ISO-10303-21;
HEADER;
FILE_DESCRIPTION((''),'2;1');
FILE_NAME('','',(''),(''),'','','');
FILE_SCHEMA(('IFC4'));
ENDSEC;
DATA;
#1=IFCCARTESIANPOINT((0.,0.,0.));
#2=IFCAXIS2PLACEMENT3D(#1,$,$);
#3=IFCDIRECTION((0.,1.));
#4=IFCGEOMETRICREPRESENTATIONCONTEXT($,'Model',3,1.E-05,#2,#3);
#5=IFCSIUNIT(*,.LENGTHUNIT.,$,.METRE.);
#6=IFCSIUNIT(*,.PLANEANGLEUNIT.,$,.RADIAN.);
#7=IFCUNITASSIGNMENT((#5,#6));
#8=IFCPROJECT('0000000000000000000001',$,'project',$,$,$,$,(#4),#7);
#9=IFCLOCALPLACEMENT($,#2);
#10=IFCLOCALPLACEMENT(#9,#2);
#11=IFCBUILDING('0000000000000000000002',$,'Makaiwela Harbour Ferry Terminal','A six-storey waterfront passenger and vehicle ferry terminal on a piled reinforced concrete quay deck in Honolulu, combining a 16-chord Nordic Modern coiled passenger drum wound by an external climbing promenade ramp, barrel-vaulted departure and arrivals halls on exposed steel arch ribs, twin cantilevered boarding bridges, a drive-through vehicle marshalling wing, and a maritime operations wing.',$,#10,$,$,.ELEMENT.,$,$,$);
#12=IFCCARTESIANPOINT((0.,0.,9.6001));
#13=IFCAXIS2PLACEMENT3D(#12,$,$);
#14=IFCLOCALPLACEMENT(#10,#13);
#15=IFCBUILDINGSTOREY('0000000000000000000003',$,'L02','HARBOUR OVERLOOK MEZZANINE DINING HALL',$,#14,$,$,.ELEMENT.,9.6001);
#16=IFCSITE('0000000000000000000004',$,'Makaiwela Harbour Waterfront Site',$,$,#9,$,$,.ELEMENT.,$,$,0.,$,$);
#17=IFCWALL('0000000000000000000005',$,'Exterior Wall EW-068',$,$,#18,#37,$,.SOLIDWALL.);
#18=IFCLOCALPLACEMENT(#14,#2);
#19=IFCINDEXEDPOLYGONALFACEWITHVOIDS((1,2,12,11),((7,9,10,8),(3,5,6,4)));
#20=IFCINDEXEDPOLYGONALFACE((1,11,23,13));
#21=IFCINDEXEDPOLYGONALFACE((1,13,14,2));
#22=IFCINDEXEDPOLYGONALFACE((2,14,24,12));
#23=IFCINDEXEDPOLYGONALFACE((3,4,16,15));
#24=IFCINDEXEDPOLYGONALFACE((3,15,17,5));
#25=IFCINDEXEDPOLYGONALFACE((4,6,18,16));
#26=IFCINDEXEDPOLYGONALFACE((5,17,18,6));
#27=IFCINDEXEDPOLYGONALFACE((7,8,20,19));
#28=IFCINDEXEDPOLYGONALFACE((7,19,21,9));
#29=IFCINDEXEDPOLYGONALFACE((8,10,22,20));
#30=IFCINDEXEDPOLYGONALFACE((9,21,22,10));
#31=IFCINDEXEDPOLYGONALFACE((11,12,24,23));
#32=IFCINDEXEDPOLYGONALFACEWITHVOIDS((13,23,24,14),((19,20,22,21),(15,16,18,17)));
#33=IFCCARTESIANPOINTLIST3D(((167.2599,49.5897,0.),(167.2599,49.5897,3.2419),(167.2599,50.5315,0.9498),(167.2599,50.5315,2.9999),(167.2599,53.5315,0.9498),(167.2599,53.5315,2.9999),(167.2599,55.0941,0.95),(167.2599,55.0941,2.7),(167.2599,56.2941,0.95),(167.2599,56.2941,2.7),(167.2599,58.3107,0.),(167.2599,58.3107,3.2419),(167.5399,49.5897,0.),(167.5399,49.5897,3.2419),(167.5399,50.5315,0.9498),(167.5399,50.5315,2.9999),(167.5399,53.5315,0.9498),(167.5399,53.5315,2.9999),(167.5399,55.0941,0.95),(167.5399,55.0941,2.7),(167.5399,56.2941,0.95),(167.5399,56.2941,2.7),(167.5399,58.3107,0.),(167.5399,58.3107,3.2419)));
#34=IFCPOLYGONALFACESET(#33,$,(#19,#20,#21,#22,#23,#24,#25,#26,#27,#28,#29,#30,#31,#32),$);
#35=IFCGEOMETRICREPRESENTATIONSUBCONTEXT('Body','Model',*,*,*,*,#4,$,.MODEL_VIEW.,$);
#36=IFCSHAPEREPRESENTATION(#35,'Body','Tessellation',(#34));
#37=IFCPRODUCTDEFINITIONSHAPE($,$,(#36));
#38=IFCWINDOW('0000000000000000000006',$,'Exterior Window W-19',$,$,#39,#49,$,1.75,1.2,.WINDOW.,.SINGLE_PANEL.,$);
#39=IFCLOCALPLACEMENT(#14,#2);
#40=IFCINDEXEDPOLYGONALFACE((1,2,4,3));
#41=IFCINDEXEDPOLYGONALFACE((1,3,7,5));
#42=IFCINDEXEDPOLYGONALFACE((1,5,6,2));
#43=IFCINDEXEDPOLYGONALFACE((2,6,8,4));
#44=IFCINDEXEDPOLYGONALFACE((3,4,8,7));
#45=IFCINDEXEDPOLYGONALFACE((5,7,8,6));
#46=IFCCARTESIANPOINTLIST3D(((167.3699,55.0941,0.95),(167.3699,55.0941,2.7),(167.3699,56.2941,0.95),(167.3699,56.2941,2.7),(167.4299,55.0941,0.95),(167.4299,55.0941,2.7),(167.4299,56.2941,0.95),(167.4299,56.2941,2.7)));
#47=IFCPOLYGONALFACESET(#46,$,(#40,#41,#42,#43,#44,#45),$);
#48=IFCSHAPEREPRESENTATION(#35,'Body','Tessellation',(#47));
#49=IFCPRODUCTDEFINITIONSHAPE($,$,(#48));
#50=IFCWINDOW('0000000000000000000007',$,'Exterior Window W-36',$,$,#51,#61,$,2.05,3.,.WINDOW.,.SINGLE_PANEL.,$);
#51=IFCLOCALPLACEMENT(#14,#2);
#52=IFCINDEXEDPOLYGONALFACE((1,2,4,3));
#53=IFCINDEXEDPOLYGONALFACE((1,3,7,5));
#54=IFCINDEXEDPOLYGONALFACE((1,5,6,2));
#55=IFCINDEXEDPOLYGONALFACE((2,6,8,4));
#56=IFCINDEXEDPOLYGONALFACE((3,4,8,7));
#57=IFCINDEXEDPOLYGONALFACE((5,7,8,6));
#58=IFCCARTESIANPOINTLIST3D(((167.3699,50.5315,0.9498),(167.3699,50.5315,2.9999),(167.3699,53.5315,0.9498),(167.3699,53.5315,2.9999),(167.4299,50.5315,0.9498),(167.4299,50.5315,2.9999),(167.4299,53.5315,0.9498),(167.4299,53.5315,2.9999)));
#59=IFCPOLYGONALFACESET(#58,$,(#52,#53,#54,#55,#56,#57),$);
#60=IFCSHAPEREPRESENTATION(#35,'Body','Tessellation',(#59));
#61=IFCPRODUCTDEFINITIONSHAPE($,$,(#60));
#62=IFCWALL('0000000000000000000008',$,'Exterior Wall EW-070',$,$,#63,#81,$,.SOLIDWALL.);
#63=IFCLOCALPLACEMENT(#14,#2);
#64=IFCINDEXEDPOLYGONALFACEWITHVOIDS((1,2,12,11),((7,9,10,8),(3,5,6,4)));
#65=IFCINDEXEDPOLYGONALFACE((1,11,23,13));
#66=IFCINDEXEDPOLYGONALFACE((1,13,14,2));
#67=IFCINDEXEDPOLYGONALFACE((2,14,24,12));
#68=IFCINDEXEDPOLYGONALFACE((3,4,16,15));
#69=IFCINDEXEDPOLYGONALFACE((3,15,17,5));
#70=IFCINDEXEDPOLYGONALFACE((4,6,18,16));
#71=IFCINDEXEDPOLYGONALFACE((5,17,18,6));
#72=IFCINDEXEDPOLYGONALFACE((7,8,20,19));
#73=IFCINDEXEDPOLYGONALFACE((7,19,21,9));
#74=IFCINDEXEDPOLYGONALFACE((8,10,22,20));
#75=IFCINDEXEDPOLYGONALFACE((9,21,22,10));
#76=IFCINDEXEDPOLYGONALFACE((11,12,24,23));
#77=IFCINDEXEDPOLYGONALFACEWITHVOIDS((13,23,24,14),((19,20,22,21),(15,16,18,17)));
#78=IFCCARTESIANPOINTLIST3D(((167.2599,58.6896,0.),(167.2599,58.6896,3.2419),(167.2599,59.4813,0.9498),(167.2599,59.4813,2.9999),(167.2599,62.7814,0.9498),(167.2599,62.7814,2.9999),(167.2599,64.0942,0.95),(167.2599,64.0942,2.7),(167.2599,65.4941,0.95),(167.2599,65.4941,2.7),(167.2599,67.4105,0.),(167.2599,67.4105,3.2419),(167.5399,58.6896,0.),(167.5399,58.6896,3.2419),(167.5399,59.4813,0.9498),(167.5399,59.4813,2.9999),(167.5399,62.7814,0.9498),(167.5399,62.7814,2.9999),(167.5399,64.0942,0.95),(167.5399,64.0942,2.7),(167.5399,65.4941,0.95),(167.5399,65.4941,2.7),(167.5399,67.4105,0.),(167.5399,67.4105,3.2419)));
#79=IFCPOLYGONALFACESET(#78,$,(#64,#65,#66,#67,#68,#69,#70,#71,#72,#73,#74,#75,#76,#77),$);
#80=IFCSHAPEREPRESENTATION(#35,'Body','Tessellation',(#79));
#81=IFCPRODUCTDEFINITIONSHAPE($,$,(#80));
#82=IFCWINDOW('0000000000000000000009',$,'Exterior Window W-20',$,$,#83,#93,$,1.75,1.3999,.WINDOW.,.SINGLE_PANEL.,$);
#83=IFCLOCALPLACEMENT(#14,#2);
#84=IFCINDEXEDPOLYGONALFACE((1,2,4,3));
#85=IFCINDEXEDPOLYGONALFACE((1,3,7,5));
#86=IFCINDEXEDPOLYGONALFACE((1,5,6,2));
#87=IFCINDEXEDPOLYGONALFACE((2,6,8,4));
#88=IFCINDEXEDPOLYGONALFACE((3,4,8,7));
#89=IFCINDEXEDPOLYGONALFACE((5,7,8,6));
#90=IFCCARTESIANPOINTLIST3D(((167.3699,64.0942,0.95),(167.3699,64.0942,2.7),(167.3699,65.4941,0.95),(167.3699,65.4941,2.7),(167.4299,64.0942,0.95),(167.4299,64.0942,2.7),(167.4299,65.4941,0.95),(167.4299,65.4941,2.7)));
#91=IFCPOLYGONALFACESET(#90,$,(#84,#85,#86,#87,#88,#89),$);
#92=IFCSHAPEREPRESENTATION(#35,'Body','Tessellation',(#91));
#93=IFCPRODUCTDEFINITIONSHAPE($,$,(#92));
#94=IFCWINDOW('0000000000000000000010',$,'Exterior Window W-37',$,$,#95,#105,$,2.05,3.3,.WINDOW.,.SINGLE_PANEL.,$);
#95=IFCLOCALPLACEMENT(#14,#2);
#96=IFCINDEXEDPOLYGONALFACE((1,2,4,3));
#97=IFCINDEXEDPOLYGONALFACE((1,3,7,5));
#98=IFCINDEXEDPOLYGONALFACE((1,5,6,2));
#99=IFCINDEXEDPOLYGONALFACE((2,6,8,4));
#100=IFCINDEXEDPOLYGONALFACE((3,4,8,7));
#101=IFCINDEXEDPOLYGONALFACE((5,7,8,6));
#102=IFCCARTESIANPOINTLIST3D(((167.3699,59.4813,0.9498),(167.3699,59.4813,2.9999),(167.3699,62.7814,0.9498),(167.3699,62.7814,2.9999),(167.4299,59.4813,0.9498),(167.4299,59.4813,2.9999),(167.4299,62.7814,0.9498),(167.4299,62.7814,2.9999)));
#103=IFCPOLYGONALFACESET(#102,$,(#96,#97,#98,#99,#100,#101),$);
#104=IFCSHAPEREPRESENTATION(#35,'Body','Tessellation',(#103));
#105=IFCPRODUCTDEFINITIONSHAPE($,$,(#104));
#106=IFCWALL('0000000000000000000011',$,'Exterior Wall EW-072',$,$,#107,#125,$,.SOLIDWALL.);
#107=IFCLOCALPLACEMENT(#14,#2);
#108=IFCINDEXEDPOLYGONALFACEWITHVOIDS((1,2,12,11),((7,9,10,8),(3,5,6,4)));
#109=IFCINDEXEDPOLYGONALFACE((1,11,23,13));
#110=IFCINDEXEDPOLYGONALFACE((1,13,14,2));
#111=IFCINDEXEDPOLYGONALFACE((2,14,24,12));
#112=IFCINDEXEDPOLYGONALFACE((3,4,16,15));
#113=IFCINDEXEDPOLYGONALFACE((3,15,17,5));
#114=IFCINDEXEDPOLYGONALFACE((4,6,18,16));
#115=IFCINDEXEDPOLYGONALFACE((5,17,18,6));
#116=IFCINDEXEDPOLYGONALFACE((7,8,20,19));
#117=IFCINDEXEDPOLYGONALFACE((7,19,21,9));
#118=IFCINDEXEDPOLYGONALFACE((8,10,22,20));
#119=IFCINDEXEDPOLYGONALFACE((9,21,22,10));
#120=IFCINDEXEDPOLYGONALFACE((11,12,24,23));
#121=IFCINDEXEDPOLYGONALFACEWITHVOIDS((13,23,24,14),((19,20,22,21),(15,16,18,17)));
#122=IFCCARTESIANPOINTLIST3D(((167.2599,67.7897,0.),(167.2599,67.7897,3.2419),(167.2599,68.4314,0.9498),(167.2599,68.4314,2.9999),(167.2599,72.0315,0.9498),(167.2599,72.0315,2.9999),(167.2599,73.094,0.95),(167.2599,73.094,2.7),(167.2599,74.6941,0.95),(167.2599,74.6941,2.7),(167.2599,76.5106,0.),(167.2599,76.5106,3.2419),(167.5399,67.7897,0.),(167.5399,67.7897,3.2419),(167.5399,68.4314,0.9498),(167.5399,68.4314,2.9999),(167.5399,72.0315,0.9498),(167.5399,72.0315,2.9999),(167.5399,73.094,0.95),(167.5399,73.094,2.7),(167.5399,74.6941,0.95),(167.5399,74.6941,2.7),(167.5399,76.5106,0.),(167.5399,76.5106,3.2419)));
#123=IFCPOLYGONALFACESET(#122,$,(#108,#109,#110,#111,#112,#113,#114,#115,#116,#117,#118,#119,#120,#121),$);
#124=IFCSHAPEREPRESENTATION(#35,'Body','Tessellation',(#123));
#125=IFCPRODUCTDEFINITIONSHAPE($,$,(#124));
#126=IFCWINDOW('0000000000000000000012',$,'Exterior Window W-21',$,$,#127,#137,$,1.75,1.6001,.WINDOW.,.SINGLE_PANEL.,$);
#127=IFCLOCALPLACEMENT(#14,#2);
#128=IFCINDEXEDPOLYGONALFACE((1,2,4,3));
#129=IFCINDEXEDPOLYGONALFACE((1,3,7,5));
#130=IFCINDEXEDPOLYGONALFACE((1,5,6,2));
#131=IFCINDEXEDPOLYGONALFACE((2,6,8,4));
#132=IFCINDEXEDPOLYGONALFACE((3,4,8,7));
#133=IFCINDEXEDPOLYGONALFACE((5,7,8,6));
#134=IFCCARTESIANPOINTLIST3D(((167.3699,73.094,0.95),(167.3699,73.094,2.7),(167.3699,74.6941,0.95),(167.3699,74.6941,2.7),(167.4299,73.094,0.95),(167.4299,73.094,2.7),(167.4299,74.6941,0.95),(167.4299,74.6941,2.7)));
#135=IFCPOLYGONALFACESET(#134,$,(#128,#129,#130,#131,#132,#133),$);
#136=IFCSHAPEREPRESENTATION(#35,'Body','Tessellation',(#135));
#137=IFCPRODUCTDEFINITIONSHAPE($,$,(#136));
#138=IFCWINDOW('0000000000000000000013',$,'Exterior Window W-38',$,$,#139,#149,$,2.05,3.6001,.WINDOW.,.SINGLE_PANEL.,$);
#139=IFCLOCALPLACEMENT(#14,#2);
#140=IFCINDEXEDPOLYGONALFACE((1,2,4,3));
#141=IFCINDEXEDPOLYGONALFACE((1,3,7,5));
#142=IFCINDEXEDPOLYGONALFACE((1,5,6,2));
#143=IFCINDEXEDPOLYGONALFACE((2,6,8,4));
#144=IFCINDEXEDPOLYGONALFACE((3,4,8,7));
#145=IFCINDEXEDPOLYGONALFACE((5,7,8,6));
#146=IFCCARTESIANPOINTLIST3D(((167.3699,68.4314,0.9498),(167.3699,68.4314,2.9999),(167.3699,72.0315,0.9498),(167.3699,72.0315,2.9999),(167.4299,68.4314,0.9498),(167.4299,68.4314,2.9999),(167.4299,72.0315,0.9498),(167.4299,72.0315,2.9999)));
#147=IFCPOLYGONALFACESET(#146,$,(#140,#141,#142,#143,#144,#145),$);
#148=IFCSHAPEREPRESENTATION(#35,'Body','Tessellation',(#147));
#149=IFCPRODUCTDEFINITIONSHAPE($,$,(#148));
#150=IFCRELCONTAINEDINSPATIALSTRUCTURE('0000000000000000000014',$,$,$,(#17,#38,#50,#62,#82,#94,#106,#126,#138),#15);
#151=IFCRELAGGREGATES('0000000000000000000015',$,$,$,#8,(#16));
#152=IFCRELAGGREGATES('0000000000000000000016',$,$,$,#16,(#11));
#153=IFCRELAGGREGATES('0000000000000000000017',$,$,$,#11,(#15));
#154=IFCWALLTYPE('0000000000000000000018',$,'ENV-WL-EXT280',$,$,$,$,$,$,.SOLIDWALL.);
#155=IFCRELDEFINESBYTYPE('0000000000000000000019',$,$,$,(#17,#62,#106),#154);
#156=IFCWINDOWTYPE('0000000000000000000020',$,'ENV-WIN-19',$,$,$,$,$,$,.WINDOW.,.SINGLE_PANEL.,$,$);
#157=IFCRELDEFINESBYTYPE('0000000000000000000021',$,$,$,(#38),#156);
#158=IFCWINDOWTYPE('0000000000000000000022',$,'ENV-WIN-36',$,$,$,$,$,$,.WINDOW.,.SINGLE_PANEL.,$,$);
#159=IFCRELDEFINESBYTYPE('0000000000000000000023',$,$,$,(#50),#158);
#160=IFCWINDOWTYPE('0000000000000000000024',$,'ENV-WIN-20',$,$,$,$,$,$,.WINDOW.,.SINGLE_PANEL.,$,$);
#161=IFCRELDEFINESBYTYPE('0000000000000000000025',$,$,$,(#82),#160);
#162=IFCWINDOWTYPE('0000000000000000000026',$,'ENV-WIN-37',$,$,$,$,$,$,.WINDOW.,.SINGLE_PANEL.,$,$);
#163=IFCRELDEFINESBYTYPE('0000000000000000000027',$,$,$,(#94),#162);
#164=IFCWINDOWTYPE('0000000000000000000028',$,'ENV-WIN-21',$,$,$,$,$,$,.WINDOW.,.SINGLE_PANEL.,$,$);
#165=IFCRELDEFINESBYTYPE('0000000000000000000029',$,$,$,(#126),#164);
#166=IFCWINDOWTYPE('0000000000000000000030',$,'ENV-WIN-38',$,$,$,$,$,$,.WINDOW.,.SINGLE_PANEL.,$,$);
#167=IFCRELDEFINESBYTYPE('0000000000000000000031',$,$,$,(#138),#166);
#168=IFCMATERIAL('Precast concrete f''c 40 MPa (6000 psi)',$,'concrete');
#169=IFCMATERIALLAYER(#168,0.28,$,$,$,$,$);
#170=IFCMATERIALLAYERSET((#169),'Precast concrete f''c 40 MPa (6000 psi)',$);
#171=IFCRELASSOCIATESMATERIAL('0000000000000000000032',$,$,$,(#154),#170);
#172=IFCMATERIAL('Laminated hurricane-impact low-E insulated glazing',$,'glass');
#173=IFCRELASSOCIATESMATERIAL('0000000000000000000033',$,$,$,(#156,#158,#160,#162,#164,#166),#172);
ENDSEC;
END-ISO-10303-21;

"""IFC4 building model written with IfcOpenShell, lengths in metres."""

from ifc_helpers import new_model, si_unit, direction, frame, frame_2d, origin, place, context, subcontext, project, spatial, rectangle, extrude, material, layer, layer_set, type_object, element, fill, save


model = new_model("IFC4")

# Units and contexts
model_context = context("Model", 3, precision=1e-05, world=origin(), true_north=direction((0.0, 1.0)))
body_context = subcontext(model_context, "Body", "Model", "MODEL_VIEW")
ifc_project = project(units=[si_unit("LENGTHUNIT", "METRE"), si_unit("PLANEANGLEUNIT", "RADIAN")], contexts=[model_context])

# Site, building, storey
site_placement = place(None, origin())
site = spatial("IfcSite", under=ifc_project, at=site_placement, Name="Makaiwela Harbour Waterfront Site", CompositionType="ELEMENT", RefElevation=0.0)
building_placement = place(site_placement, origin())
building = spatial("IfcBuilding", under=site, at=building_placement, Name="Makaiwela Harbour Ferry Terminal", Description="A six-storey waterfront passenger and vehicle ferry terminal on a piled reinforced concrete quay deck in Honolulu, combining a 16-chord Nordic Modern coiled passenger drum wound by an external climbing promenade ramp, barrel-vaulted departure and arrivals halls on exposed steel arch ribs, twin cantilevered boarding bridges, a drive-through vehicle marshalling wing, and a maritime operations wing.", CompositionType="ELEMENT")
storey_placement = place(building_placement, frame((0.0, 0.0, 9.6001)))
storey = spatial("IfcBuildingStorey", under=building, at=storey_placement, Name="L02", Description="HARBOUR OVERLOOK MEZZANINE DINING HALL", CompositionType="ELEMENT", Elevation=9.6001)

# Walls, openings, windows
ifc_material_1 = material(Name="Precast concrete f'c 40 MPa (6000 psi)", Category="concrete")
ifc_layer = layer(ifc_material_1, 0.28)
ifc_layer_set = layer_set([ifc_layer], Name="Precast concrete f'c 40 MPa (6000 psi)")
wall_type = type_object("IfcWallType", Name="ENV-WL-EXT280", PredefinedType="SOLIDWALL", material=ifc_layer_set)
wall_1_placement = place(storey_placement, frame((167.3999, 58.3105, 0.0), z_axis=(0.0, 0.0, 1.0), x_axis=(0.0, -1.0, 0.0)))
wall_1 = element("IfcWall", 1, at=wall_1_placement, inside=storey, type_object=wall_type, Name="Exterior Wall EW-068", PredefinedType="SOLIDWALL", context=body_context, shape_type="SweptSolid", body=[
    extrude(rectangle(XDim=8.7209, YDim=0.28, at=frame_2d((4.3604, 0.0))), origin(), (0.0, 0.0, 1.0), 3.2419),
])
opening_1_placement = place(wall_1_placement, frame((2.0164, 0.0, 0.95)))
opening_1 = element("IfcOpeningElement", 2, at=opening_1_placement, cuts=wall_1, PredefinedType="OPENING", context=body_context, shape_type="SweptSolid", body=[
    extrude(rectangle(XDim=1.2, YDim=1.75, at=frame_2d((0.6001, 0.875))), frame((0.0, 0.1499, 0.0), z_axis=(0.0, -1.0, 0.0), x_axis=(1.0, 0.0, 0.0)), (0.0, 0.0, 1.0), 0.3),
])
opening_2_placement = place(wall_1_placement, frame((4.7791, 0.0, 0.95)))
opening_2 = element("IfcOpeningElement", 3, at=opening_2_placement, cuts=wall_1, PredefinedType="OPENING", context=body_context, shape_type="SweptSolid", body=[
    extrude(rectangle(XDim=3.0, YDim=2.05, at=frame_2d((1.5, 1.0249))), frame((0.0, 0.1499, 0.0), z_axis=(0.0, -1.0, 0.0), x_axis=(1.0, 0.0, 0.0)), (0.0, 0.0, 1.0), 0.3),
])
ifc_material_2 = material(Name="Laminated hurricane-impact low-E insulated glazing", Category="glass")
window_type_1 = type_object("IfcWindowType", Name="ENV-WIN-19", PartitioningType="SINGLE_PANEL", PredefinedType="WINDOW", material=ifc_material_2)
window_1_placement = place(opening_1_placement, origin())
window_1 = element("IfcWindow", 4, at=window_1_placement, inside=storey, type_object=window_type_1, Name="Exterior Window W-19", OverallHeight=1.75, OverallWidth=1.2, PartitioningType="SINGLE_PANEL", PredefinedType="WINDOW", context=body_context, shape_type="SweptSolid", body=[
    extrude(rectangle(XDim=1.2, YDim=1.75, at=frame_2d((0.6001, 0.875))), frame((0.0, 0.03, 0.0), z_axis=(0.0, -1.0, 0.0), x_axis=(1.0, 0.0, 0.0)), (0.0, 0.0, 1.0), 0.0601),
])
fill(opening_1, window_1)
window_type_2 = type_object("IfcWindowType", Name="ENV-WIN-36", PartitioningType="SINGLE_PANEL", PredefinedType="WINDOW", material=ifc_material_2)
window_2_placement = place(opening_2_placement, origin())
window_2 = element("IfcWindow", 5, at=window_2_placement, inside=storey, type_object=window_type_2, Name="Exterior Window W-36", OverallHeight=2.05, OverallWidth=3.0, PartitioningType="SINGLE_PANEL", PredefinedType="WINDOW", context=body_context, shape_type="SweptSolid", body=[
    extrude(rectangle(XDim=3.0, YDim=2.05, at=frame_2d((1.5, 1.0249))), frame((0.0, 0.03, 0.0), z_axis=(0.0, -1.0, 0.0), x_axis=(1.0, 0.0, 0.0)), (0.0, 0.0, 1.0), 0.0601),
])
fill(opening_2, window_2)
wall_2_placement = place(storey_placement, frame((167.3999, 67.4104, 0.0), z_axis=(0.0, 0.0, 1.0), x_axis=(0.0, -1.0, 0.0)))
wall_2 = element("IfcWall", 6, at=wall_2_placement, inside=storey, type_object=wall_type, Name="Exterior Wall EW-070", PredefinedType="SOLIDWALL", context=body_context, shape_type="SweptSolid", body=[
    extrude(rectangle(XDim=8.7209, YDim=0.28, at=frame_2d((4.3604, 0.0))), origin(), (0.0, 0.0, 1.0), 3.2419),
])
opening_3_placement = place(wall_2_placement, frame((1.9163, 0.0, 0.95)))
opening_3 = element("IfcOpeningElement", 7, at=opening_3_placement, cuts=wall_2, PredefinedType="OPENING", context=body_context, shape_type="SweptSolid", body=[
    extrude(rectangle(XDim=1.3999, YDim=1.75, at=frame_2d((0.7, 0.875))), frame((0.0, 0.1499, 0.0), z_axis=(0.0, -1.0, 0.0), x_axis=(1.0, 0.0, 0.0)), (0.0, 0.0, 1.0), 0.3),
])
opening_4_placement = place(wall_2_placement, frame((4.6292, 0.0, 0.95)))
opening_4 = element("IfcOpeningElement", 8, at=opening_4_placement, cuts=wall_2, PredefinedType="OPENING", context=body_context, shape_type="SweptSolid", body=[
    extrude(rectangle(XDim=3.3, YDim=2.05, at=frame_2d((1.6499, 1.0249))), frame((0.0, 0.1499, 0.0), z_axis=(0.0, -1.0, 0.0), x_axis=(1.0, 0.0, 0.0)), (0.0, 0.0, 1.0), 0.3),
])
window_type_3 = type_object("IfcWindowType", Name="ENV-WIN-20", PartitioningType="SINGLE_PANEL", PredefinedType="WINDOW", material=ifc_material_2)
window_3_placement = place(opening_3_placement, origin())
window_3 = element("IfcWindow", 9, at=window_3_placement, inside=storey, type_object=window_type_3, Name="Exterior Window W-20", OverallHeight=1.75, OverallWidth=1.3999, PartitioningType="SINGLE_PANEL", PredefinedType="WINDOW", context=body_context, shape_type="SweptSolid", body=[
    extrude(rectangle(XDim=1.3999, YDim=1.75, at=frame_2d((0.7, 0.875))), frame((0.0, 0.03, 0.0), z_axis=(0.0, -1.0, 0.0), x_axis=(1.0, 0.0, 0.0)), (0.0, 0.0, 1.0), 0.0601),
])
fill(opening_3, window_3)
window_type_4 = type_object("IfcWindowType", Name="ENV-WIN-37", PartitioningType="SINGLE_PANEL", PredefinedType="WINDOW", material=ifc_material_2)
window_4_placement = place(opening_4_placement, origin())
window_4 = element("IfcWindow", 10, at=window_4_placement, inside=storey, type_object=window_type_4, Name="Exterior Window W-37", OverallHeight=2.05, OverallWidth=3.3, PartitioningType="SINGLE_PANEL", PredefinedType="WINDOW", context=body_context, shape_type="SweptSolid", body=[
    extrude(rectangle(XDim=3.3, YDim=2.05, at=frame_2d((1.6499, 1.0249))), frame((0.0, 0.03, 0.0), z_axis=(0.0, -1.0, 0.0), x_axis=(1.0, 0.0, 0.0)), (0.0, 0.0, 1.0), 0.0601),
])
fill(opening_4, window_4)
wall_3_placement = place(storey_placement, frame((167.3999, 76.5105, 0.0), z_axis=(0.0, 0.0, 1.0), x_axis=(0.0, -1.0, 0.0)))
wall_3 = element("IfcWall", 11, at=wall_3_placement, inside=storey, type_object=wall_type, Name="Exterior Wall EW-072", PredefinedType="SOLIDWALL", context=body_context, shape_type="SweptSolid", body=[
    extrude(rectangle(XDim=8.7209, YDim=0.28, at=frame_2d((4.3604, 0.0))), origin(), (0.0, 0.0, 1.0), 3.2419),
])
opening_5_placement = place(wall_3_placement, frame((1.8164, 0.0, 0.95)))
opening_5 = element("IfcOpeningElement", 12, at=opening_5_placement, cuts=wall_3, PredefinedType="OPENING", context=body_context, shape_type="SweptSolid", body=[
    extrude(rectangle(XDim=1.6001, YDim=1.75, at=frame_2d((0.8, 0.875))), frame((0.0, 0.1499, 0.0), z_axis=(0.0, -1.0, 0.0), x_axis=(1.0, 0.0, 0.0)), (0.0, 0.0, 1.0), 0.3),
])
opening_6_placement = place(wall_3_placement, frame((4.479, 0.0, 0.95)))
opening_6 = element("IfcOpeningElement", 13, at=opening_6_placement, cuts=wall_3, PredefinedType="OPENING", context=body_context, shape_type="SweptSolid", body=[
    extrude(rectangle(XDim=3.6001, YDim=2.05, at=frame_2d((1.8, 1.0249))), frame((0.0, 0.1499, 0.0), z_axis=(0.0, -1.0, 0.0), x_axis=(1.0, 0.0, 0.0)), (0.0, 0.0, 1.0), 0.3),
])
window_type_5 = type_object("IfcWindowType", Name="ENV-WIN-21", PartitioningType="SINGLE_PANEL", PredefinedType="WINDOW", material=ifc_material_2)
window_5_placement = place(opening_5_placement, origin())
window_5 = element("IfcWindow", 14, at=window_5_placement, inside=storey, type_object=window_type_5, Name="Exterior Window W-21", OverallHeight=1.75, OverallWidth=1.6001, PartitioningType="SINGLE_PANEL", PredefinedType="WINDOW", context=body_context, shape_type="SweptSolid", body=[
    extrude(rectangle(XDim=1.6001, YDim=1.75, at=frame_2d((0.8, 0.875))), frame((0.0, 0.03, 0.0), z_axis=(0.0, -1.0, 0.0), x_axis=(1.0, 0.0, 0.0)), (0.0, 0.0, 1.0), 0.0601),
])
fill(opening_5, window_5)
window_type_6 = type_object("IfcWindowType", Name="ENV-WIN-38", PartitioningType="SINGLE_PANEL", PredefinedType="WINDOW", material=ifc_material_2)
window_6_placement = place(opening_6_placement, origin())
window_6 = element("IfcWindow", 15, at=window_6_placement, inside=storey, type_object=window_type_6, Name="Exterior Window W-38", OverallHeight=2.05, OverallWidth=3.6001, PartitioningType="SINGLE_PANEL", PredefinedType="WINDOW", context=body_context, shape_type="SweptSolid", body=[
    extrude(rectangle(XDim=3.6001, YDim=2.05, at=frame_2d((1.8, 1.0249))), frame((0.0, 0.03, 0.0), z_axis=(0.0, -1.0, 0.0), x_axis=(1.0, 0.0, 0.0)), (0.0, 0.0, 1.0), 0.0601),
])
fill(opening_6, window_6)

save(model, "model.ifc")
